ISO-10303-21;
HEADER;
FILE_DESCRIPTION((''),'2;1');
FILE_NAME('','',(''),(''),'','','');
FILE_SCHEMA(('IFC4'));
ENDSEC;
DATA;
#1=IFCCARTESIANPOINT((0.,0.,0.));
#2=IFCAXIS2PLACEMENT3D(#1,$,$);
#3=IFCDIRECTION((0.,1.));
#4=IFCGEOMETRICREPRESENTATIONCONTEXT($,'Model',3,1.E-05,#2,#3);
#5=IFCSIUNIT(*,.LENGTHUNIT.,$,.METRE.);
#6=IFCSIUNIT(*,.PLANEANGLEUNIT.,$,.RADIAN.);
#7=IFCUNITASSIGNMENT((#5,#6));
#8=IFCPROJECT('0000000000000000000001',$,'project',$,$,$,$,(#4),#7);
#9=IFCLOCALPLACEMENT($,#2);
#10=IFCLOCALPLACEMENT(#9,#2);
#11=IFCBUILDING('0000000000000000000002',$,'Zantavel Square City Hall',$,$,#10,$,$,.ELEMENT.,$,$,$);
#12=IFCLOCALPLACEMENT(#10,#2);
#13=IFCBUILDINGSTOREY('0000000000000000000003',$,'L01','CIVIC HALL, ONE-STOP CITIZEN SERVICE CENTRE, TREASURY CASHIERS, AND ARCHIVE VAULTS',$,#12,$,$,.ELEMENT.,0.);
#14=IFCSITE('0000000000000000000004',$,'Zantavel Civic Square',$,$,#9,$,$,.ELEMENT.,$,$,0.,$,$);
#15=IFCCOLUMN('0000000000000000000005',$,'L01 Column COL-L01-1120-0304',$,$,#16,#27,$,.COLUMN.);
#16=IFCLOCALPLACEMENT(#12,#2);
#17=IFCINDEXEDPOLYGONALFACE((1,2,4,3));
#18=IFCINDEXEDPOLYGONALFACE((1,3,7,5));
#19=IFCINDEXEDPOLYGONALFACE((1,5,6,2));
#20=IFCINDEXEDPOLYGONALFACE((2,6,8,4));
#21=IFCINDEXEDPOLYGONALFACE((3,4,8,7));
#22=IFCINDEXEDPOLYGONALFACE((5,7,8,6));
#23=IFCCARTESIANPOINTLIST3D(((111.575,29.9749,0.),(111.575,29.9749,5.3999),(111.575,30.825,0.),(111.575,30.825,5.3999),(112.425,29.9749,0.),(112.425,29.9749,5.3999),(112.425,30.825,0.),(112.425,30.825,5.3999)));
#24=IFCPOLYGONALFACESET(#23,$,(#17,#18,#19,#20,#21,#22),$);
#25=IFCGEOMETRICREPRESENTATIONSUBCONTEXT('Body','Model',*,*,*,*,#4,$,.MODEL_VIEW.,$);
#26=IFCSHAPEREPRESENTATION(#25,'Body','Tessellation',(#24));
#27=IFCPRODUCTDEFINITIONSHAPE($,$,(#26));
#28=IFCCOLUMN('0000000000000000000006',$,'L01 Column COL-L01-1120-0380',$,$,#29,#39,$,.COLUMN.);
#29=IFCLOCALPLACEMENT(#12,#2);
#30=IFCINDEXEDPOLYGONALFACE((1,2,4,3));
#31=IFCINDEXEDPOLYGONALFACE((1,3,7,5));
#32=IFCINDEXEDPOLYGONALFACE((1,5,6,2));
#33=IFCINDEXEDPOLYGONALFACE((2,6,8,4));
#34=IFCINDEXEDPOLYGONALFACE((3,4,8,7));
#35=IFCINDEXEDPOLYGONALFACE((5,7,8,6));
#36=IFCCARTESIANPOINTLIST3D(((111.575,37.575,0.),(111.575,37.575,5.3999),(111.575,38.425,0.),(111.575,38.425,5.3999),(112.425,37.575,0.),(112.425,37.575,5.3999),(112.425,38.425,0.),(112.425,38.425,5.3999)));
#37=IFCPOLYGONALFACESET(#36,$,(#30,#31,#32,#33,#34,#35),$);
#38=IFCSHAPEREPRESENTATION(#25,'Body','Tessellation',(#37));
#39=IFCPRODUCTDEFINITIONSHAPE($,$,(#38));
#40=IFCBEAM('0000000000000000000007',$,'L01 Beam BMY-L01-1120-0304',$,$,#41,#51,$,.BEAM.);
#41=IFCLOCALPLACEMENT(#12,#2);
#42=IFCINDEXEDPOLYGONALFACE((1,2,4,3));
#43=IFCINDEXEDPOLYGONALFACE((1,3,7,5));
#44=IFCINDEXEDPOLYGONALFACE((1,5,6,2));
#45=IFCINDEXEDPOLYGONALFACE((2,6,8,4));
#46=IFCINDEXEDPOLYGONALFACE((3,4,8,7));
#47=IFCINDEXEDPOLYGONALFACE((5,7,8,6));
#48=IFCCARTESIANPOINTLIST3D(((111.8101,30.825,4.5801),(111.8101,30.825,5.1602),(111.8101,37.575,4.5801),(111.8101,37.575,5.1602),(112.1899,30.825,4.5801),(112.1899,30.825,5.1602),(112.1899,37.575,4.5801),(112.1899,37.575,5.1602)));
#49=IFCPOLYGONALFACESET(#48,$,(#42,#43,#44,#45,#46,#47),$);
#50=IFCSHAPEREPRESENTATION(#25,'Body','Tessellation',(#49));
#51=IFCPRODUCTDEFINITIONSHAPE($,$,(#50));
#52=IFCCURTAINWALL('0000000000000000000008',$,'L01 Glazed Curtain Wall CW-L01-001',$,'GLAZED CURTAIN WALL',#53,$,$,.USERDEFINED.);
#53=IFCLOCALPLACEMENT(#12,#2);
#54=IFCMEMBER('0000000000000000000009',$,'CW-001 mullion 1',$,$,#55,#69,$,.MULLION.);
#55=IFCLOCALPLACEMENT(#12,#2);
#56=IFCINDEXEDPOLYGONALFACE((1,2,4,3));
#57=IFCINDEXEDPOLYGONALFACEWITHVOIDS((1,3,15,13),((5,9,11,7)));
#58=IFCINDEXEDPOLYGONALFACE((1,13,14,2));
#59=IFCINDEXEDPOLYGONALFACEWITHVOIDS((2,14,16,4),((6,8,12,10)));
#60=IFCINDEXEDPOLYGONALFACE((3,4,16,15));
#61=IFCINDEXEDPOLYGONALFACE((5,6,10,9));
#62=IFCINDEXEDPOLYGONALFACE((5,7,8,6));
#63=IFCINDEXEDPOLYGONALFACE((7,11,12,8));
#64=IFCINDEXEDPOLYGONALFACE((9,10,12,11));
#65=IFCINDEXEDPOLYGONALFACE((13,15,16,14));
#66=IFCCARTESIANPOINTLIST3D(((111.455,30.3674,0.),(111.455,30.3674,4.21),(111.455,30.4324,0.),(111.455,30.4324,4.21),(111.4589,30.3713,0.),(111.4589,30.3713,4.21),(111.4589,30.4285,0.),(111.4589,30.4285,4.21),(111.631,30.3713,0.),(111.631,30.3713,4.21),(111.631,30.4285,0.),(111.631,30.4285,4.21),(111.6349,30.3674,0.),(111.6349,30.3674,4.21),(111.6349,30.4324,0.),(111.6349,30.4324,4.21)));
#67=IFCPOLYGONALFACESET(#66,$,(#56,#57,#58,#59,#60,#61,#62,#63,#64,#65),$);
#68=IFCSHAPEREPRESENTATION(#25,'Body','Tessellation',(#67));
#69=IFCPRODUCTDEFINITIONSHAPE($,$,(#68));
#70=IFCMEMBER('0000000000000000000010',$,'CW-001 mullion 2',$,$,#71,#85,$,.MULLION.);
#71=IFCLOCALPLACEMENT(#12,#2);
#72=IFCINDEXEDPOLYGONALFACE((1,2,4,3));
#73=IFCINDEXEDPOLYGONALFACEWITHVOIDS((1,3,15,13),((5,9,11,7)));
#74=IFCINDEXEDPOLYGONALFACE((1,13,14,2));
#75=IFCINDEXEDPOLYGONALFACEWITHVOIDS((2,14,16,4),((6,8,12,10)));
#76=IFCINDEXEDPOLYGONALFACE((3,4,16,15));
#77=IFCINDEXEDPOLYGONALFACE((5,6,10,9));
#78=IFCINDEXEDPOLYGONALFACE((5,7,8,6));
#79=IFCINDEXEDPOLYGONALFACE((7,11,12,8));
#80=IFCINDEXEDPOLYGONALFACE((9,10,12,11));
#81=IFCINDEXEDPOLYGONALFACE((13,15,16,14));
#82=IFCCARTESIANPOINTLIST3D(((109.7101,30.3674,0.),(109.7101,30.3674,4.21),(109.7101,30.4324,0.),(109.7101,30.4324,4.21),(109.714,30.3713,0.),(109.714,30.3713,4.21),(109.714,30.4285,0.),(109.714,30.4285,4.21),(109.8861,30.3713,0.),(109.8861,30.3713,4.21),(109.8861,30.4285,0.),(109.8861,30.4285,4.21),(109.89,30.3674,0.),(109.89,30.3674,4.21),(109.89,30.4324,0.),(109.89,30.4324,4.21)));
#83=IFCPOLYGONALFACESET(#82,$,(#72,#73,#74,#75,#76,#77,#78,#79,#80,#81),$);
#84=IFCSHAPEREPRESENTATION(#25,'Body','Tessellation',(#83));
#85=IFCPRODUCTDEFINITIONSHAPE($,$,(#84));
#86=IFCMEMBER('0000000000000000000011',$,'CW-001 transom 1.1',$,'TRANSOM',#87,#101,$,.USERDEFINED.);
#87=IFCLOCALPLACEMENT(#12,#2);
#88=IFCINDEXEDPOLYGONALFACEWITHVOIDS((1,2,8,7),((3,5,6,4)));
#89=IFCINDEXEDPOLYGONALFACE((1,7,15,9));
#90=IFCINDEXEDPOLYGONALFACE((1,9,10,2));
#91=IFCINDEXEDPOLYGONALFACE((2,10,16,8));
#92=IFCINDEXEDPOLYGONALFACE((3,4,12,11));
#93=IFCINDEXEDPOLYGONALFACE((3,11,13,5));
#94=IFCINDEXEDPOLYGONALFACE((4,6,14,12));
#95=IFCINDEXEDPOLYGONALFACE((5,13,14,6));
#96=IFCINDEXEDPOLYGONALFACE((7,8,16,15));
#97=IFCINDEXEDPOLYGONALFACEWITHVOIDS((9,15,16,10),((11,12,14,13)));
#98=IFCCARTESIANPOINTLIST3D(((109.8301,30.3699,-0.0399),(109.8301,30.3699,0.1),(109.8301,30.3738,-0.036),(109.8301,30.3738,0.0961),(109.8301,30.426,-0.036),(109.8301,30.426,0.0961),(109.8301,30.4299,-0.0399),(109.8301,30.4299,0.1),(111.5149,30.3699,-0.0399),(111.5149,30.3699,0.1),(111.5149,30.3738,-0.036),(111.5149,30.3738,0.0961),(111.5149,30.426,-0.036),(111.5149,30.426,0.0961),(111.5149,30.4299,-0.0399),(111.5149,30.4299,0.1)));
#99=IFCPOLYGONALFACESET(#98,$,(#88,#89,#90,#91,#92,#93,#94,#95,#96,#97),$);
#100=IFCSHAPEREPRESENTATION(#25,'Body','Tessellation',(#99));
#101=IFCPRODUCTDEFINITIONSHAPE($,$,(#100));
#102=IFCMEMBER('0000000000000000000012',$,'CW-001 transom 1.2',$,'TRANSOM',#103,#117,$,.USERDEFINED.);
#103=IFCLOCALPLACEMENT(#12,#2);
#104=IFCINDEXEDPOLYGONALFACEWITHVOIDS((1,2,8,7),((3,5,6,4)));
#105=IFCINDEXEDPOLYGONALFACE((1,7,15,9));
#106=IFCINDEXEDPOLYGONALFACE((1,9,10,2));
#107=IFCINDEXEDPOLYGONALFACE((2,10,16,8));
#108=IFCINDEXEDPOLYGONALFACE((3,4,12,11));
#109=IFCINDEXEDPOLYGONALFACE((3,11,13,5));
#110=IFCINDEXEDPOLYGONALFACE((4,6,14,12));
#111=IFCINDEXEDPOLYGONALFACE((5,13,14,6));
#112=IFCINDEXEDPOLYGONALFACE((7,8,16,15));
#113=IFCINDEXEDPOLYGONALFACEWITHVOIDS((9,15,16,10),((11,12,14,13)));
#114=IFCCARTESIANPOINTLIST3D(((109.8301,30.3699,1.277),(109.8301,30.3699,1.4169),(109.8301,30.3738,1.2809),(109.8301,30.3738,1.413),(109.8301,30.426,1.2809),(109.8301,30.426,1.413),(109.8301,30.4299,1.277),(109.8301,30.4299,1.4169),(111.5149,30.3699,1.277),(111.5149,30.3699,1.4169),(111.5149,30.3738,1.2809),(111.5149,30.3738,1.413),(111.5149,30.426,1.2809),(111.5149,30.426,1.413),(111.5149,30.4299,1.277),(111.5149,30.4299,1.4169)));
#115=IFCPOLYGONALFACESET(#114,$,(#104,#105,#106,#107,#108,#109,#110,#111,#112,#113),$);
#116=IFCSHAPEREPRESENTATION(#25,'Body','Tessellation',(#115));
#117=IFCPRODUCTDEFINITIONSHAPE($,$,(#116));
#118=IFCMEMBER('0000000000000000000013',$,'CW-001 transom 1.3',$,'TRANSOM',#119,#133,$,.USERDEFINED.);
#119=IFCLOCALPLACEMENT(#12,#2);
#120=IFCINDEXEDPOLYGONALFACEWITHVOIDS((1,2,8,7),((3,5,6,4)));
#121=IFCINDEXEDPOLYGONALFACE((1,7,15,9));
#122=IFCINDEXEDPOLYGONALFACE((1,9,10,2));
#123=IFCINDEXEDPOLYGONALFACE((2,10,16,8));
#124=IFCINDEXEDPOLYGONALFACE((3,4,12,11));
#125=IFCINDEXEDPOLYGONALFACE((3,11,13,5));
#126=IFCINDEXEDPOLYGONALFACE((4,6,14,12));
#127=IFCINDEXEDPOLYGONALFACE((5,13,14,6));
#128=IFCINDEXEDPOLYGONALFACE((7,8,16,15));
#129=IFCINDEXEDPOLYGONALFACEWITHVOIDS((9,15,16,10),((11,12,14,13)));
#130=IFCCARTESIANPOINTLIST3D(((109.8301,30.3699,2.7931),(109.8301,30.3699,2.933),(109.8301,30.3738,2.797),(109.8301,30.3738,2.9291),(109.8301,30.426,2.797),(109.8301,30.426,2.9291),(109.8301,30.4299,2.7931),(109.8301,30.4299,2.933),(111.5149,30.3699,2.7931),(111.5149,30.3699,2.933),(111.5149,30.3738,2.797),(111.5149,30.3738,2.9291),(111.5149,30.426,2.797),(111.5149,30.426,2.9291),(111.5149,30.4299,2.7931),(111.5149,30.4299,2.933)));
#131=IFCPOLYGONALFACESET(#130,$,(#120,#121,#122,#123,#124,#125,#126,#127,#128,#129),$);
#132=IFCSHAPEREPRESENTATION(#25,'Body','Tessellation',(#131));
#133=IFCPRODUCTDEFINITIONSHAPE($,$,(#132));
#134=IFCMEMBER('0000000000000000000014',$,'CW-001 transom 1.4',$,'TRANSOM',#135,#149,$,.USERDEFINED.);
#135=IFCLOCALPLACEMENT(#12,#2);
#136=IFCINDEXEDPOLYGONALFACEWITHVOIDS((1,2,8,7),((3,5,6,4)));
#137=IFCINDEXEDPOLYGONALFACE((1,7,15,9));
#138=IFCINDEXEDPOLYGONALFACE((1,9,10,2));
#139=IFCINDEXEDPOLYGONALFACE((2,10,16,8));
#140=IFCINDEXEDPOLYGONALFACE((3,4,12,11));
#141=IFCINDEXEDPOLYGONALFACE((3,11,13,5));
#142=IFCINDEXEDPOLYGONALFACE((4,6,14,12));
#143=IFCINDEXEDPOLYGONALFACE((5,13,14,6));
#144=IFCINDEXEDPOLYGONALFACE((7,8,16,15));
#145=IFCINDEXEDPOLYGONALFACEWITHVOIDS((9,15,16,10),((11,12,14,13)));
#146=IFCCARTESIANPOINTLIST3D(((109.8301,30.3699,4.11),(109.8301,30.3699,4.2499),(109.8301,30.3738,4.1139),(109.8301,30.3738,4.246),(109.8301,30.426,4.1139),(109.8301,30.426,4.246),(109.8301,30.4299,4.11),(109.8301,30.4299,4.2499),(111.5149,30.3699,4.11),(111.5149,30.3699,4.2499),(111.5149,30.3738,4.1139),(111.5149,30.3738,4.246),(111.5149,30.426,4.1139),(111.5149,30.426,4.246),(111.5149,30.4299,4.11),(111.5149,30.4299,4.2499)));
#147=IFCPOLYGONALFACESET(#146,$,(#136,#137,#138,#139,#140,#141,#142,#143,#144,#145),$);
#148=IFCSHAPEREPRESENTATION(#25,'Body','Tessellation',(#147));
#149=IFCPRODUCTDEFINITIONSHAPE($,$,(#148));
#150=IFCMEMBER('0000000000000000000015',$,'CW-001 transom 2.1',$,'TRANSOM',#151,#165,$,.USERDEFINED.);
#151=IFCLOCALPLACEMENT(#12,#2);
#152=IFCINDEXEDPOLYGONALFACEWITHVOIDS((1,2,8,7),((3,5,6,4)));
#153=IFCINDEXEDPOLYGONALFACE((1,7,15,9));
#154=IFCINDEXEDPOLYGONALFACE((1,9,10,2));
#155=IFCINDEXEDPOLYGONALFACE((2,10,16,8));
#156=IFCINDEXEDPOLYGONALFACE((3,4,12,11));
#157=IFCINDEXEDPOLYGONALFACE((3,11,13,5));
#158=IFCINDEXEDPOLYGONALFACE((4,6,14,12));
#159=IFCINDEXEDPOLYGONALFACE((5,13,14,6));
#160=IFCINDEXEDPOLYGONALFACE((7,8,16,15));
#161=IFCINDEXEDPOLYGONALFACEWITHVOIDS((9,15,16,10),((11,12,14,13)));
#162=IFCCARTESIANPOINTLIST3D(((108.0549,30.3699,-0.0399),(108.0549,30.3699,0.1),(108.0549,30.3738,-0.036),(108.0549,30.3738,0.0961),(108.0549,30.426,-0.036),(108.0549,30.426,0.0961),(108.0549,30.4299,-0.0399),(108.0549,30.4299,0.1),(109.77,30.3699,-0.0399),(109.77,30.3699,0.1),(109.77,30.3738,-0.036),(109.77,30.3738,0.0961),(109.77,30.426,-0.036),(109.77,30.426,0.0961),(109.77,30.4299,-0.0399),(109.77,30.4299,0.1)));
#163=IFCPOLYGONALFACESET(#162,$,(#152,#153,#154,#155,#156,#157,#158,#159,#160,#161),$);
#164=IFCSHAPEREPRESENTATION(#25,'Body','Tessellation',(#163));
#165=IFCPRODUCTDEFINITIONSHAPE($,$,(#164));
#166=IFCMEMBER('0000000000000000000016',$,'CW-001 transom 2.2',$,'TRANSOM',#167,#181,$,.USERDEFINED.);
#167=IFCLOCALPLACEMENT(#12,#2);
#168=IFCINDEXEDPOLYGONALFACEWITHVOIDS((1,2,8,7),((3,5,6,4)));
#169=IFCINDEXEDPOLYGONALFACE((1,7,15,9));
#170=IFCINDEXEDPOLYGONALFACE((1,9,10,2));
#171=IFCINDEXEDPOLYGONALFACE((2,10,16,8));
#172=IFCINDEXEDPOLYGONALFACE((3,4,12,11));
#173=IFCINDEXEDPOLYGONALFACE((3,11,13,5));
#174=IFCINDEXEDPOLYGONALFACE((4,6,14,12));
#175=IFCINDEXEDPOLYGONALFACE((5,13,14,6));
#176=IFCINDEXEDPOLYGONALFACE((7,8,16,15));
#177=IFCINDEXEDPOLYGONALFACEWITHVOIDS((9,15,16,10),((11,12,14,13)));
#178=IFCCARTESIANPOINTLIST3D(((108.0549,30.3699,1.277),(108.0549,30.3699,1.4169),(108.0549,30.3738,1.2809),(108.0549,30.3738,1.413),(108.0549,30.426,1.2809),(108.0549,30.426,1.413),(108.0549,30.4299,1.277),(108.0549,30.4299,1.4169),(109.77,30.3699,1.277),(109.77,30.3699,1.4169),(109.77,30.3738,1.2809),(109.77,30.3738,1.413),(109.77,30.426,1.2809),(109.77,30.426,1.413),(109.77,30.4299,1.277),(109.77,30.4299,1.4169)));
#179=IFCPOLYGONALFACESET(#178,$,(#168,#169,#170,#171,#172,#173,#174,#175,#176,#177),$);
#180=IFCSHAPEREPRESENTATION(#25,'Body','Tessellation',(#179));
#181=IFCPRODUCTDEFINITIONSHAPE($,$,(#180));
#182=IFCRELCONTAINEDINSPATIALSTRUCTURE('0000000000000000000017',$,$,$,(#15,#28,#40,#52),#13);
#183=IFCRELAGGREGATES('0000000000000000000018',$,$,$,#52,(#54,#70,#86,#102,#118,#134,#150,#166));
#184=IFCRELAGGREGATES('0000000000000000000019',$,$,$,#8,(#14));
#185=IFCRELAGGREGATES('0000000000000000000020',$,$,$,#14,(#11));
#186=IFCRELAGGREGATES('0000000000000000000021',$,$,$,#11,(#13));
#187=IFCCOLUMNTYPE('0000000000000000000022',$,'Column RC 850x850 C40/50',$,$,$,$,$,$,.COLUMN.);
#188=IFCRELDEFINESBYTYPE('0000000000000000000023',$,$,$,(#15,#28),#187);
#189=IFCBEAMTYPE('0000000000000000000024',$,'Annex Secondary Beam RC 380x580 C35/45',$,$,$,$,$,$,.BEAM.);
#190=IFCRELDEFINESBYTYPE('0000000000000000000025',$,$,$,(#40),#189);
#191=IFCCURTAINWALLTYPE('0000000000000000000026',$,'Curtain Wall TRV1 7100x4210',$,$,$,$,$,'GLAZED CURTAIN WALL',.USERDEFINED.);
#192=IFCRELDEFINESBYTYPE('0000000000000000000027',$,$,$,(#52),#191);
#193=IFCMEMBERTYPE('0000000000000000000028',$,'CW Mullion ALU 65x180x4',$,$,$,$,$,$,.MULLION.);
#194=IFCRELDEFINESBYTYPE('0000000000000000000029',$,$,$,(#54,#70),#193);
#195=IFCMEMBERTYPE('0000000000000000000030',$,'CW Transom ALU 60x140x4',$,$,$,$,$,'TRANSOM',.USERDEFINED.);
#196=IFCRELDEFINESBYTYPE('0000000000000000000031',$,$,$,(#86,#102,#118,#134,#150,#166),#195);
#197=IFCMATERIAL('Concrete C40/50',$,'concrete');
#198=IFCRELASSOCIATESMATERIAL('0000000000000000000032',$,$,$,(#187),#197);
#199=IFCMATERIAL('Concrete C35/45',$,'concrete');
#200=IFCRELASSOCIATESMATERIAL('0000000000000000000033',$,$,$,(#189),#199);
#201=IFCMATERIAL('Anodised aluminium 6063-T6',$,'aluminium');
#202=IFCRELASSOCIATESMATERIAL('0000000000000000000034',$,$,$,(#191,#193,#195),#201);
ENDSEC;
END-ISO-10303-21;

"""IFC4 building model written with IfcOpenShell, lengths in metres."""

from ifc_helpers import new_model, si_unit, direction, frame, origin, origin_2d, place, context, subcontext, project, spatial, rectangle, hollow_rectangle, extrude, material, material_profile, profile_set, type_object, element, aggregate, save


model = new_model("IFC4")

# Units and contexts
model_context = context("Model", 3, precision=1e-05, world=origin(), true_north=direction((0.0, 1.0)))
body_context = subcontext(model_context, "Body", "Model", "MODEL_VIEW")
ifc_project = project(units=[si_unit("LENGTHUNIT", "METRE"), si_unit("PLANEANGLEUNIT", "RADIAN")], contexts=[model_context])

# Site, building, storey
site_placement = place(None, origin())
site = spatial("IfcSite", under=ifc_project, at=site_placement, Name="Zantavel Civic Square", CompositionType="ELEMENT", RefElevation=0.0)
building_placement = place(site_placement, origin())
building = spatial("IfcBuilding", under=site, at=building_placement, Name="Zantavel Square City Hall", CompositionType="ELEMENT")
storey_placement = place(building_placement, origin())
storey = spatial("IfcBuildingStorey", under=building, at=storey_placement, Name="L01", Description="CIVIC HALL, ONE-STOP CITIZEN SERVICE CENTRE, TREASURY CASHIERS, AND ARCHIVE VAULTS", CompositionType="ELEMENT", Elevation=0.0)

# Columns
ifc_material_1 = material(Name="Concrete C40/50", Category="concrete")
ifc_material_profile_1 = material_profile(ifc_material_1, rectangle(XDim=0.8501, YDim=0.8501, at=origin_2d()), Name="RC 850x850")
ifc_profile_set_1 = profile_set([ifc_material_profile_1], Name="Concrete C40/50")
column_type = type_object("IfcColumnType", Name="Column RC 850x850 C40/50", PredefinedType="COLUMN", material=ifc_profile_set_1)
for number, where, z_axis, x_axis, name in (
    (1, (112.0, 30.3999, 0.0), (0.0, 0.0, 1.0), (1.0, 0.0, 0.0), "L01 Column COL-L01-1120-0304"),
    (2, (112.0, 38.0, 0.0), (0.0, 0.0, 1.0), (1.0, 0.0, 0.0), "L01 Column COL-L01-1120-0380"),
):
    element("IfcColumn", number, at=place(storey_placement, frame(where, z_axis=z_axis, x_axis=x_axis)), inside=storey, type_object=column_type, Name=name, PredefinedType="COLUMN", context=body_context, shape_type="SweptSolid", body=[
        extrude(rectangle(XDim=0.8501, YDim=0.8501, at=origin_2d()), origin(), (0.0, 0.0, 1.0), 5.3999),
    ])

# Beam
ifc_material_2 = material(Name="Concrete C35/45", Category="concrete")
ifc_material_profile_2 = material_profile(ifc_material_2, rectangle(XDim=0.3799, YDim=0.5801, at=origin_2d()), Name="RC 380x580")
ifc_profile_set_2 = profile_set([ifc_material_profile_2], Name="Concrete C35/45")
beam_type_1 = type_object("IfcBeamType", Name="Annex Secondary Beam RC 380x580 C35/45", PredefinedType="BEAM", material=ifc_profile_set_2)
beam_1_placement = place(storey_placement, frame((112.0, 30.825, 4.8701), z_axis=(0.0, 1.0, 0.0), x_axis=(-1.0, 0.0, 0.0)))
element("IfcBeam", 3, at=beam_1_placement, inside=storey, type_object=beam_type_1, Name="L01 Beam BMY-L01-1120-0304", PredefinedType="BEAM", context=body_context, shape_type="SweptSolid", body=[
    extrude(rectangle(XDim=0.3799, YDim=0.5801, at=origin_2d()), origin(), (0.0, 0.0, 1.0), 6.75),
])

# Curtain wall, members
ifc_material_3 = material(Name="Anodised aluminium 6063-T6", Category="aluminium")
curtain_wall_type = type_object("IfcCurtainWallType", Name="Curtain Wall TRV1 7100x4210", ElementType="GLAZED CURTAIN WALL", PredefinedType="USERDEFINED", material=ifc_material_3)
curtain_wall_placement = place(storey_placement, origin())
curtain_wall = element("IfcCurtainWall", 4, at=curtain_wall_placement, inside=storey, type_object=curtain_wall_type, Name="L01 Glazed Curtain Wall CW-L01-001", ObjectType="GLAZED CURTAIN WALL", PredefinedType="USERDEFINED")
ifc_material_profile_3 = material_profile(ifc_material_3, hollow_rectangle(XDim=0.0649, YDim=0.1799, WallThickness=0.0039, at=origin_2d()), Name="ALU 65x180x4")
ifc_profile_set_3 = profile_set([ifc_material_profile_3], Name="Anodised aluminium 6063-T6")
member_type_1 = type_object("IfcMemberType", Name="CW Mullion ALU 65x180x4", PredefinedType="MULLION", material=ifc_profile_set_3)
member_1_placement = place(storey_placement, frame((111.5449, 30.3999, 0.0), z_axis=(0.0, 0.0, 1.0), x_axis=(0.0, -1.0, 0.0)))
member_1 = element("IfcMember", 5, at=member_1_placement, type_object=member_type_1, Name="CW-001 mullion 1", PredefinedType="MULLION", context=body_context, shape_type="SweptSolid", body=[
    extrude(hollow_rectangle(XDim=0.0649, YDim=0.1799, WallThickness=0.0039, at=origin_2d()), origin(), (0.0, 0.0, 1.0), 4.21),
])
member_2_placement = place(storey_placement, frame((109.8, 30.3999, 0.0), z_axis=(0.0, 0.0, 1.0), x_axis=(0.0, -1.0, 0.0)))
member_2 = element("IfcMember", 6, at=member_2_placement, type_object=member_type_1, Name="CW-001 mullion 2", PredefinedType="MULLION", context=body_context, shape_type="SweptSolid", body=[
    extrude(hollow_rectangle(XDim=0.0649, YDim=0.1799, WallThickness=0.0039, at=origin_2d()), origin(), (0.0, 0.0, 1.0), 4.21),
])
ifc_material_profile_4 = material_profile(ifc_material_3, hollow_rectangle(XDim=0.0601, YDim=0.1399, WallThickness=0.0039, at=origin_2d()), Name="ALU 60x140x4")
ifc_profile_set_4 = profile_set([ifc_material_profile_4], Name="Anodised aluminium 6063-T6")
member_type_2 = type_object("IfcMemberType", Name="CW Transom ALU 60x140x4", ElementType="TRANSOM", PredefinedType="USERDEFINED", material=ifc_profile_set_4)
member_3_placement = place(storey_placement, frame((111.5149, 30.3999, 0.03), z_axis=(-1.0, 0.0, 0.0), x_axis=(0.0, -1.0, 0.0)))
member_3 = element("IfcMember", 7, at=member_3_placement, type_object=member_type_2, Name="CW-001 transom 1.1", ObjectType="TRANSOM", PredefinedType="USERDEFINED", context=body_context, shape_type="SweptSolid", body=[
    extrude(hollow_rectangle(XDim=0.0601, YDim=0.1399, WallThickness=0.0039, at=origin_2d()), origin(), (0.0, 0.0, 1.0), 1.6848),
])
member_4_placement = place(storey_placement, frame((111.5149, 30.3999, 1.3469), z_axis=(-1.0, 0.0, 0.0), x_axis=(0.0, -1.0, 0.0)))
member_4 = element("IfcMember", 8, at=member_4_placement, type_object=member_type_2, Name="CW-001 transom 1.2", ObjectType="TRANSOM", PredefinedType="USERDEFINED", context=body_context, shape_type="SweptSolid", body=[
    extrude(hollow_rectangle(XDim=0.0601, YDim=0.1399, WallThickness=0.0039, at=origin_2d()), origin(), (0.0, 0.0, 1.0), 1.6848),
])
member_5_placement = place(storey_placement, frame((111.5149, 30.3999, 2.863), z_axis=(-1.0, 0.0, 0.0), x_axis=(0.0, -1.0, 0.0)))
member_5 = element("IfcMember", 9, at=member_5_placement, type_object=member_type_2, Name="CW-001 transom 1.3", ObjectType="TRANSOM", PredefinedType="USERDEFINED", context=body_context, shape_type="SweptSolid", body=[
    extrude(hollow_rectangle(XDim=0.0601, YDim=0.1399, WallThickness=0.0039, at=origin_2d()), origin(), (0.0, 0.0, 1.0), 1.6848),
])
member_6_placement = place(storey_placement, frame((111.5149, 30.3999, 4.1799), z_axis=(-1.0, 0.0, 0.0), x_axis=(0.0, -1.0, 0.0)))
member_6 = element("IfcMember", 10, at=member_6_placement, type_object=member_type_2, Name="CW-001 transom 1.4", ObjectType="TRANSOM", PredefinedType="USERDEFINED", context=body_context, shape_type="SweptSolid", body=[
    extrude(hollow_rectangle(XDim=0.0601, YDim=0.1399, WallThickness=0.0039, at=origin_2d()), origin(), (0.0, 0.0, 1.0), 1.6848),
])
member_7_placement = place(storey_placement, frame((109.77, 30.3999, 0.03), z_axis=(-1.0, 0.0, 0.0), x_axis=(0.0, -1.0, 0.0)))
member_7 = element("IfcMember", 11, at=member_7_placement, type_object=member_type_2, Name="CW-001 transom 2.1", ObjectType="TRANSOM", PredefinedType="USERDEFINED", context=body_context, shape_type="SweptSolid", body=[
    extrude(hollow_rectangle(XDim=0.0601, YDim=0.1399, WallThickness=0.0039, at=origin_2d()), origin(), (0.0, 0.0, 1.0), 1.7151),
])
member_8_placement = place(storey_placement, frame((109.77, 30.3999, 1.3469), z_axis=(-1.0, 0.0, 0.0), x_axis=(0.0, -1.0, 0.0)))
member_8 = element("IfcMember", 12, at=member_8_placement, type_object=member_type_2, Name="CW-001 transom 2.2", ObjectType="TRANSOM", PredefinedType="USERDEFINED", context=body_context, shape_type="SweptSolid", body=[
    extrude(hollow_rectangle(XDim=0.0601, YDim=0.1399, WallThickness=0.0039, at=origin_2d()), origin(), (0.0, 0.0, 1.0), 1.7151),
])

aggregate(curtain_wall, [member_1, member_2, member_3, member_4, member_5, member_6, member_7, member_8])

save(model, "model.ifc")
